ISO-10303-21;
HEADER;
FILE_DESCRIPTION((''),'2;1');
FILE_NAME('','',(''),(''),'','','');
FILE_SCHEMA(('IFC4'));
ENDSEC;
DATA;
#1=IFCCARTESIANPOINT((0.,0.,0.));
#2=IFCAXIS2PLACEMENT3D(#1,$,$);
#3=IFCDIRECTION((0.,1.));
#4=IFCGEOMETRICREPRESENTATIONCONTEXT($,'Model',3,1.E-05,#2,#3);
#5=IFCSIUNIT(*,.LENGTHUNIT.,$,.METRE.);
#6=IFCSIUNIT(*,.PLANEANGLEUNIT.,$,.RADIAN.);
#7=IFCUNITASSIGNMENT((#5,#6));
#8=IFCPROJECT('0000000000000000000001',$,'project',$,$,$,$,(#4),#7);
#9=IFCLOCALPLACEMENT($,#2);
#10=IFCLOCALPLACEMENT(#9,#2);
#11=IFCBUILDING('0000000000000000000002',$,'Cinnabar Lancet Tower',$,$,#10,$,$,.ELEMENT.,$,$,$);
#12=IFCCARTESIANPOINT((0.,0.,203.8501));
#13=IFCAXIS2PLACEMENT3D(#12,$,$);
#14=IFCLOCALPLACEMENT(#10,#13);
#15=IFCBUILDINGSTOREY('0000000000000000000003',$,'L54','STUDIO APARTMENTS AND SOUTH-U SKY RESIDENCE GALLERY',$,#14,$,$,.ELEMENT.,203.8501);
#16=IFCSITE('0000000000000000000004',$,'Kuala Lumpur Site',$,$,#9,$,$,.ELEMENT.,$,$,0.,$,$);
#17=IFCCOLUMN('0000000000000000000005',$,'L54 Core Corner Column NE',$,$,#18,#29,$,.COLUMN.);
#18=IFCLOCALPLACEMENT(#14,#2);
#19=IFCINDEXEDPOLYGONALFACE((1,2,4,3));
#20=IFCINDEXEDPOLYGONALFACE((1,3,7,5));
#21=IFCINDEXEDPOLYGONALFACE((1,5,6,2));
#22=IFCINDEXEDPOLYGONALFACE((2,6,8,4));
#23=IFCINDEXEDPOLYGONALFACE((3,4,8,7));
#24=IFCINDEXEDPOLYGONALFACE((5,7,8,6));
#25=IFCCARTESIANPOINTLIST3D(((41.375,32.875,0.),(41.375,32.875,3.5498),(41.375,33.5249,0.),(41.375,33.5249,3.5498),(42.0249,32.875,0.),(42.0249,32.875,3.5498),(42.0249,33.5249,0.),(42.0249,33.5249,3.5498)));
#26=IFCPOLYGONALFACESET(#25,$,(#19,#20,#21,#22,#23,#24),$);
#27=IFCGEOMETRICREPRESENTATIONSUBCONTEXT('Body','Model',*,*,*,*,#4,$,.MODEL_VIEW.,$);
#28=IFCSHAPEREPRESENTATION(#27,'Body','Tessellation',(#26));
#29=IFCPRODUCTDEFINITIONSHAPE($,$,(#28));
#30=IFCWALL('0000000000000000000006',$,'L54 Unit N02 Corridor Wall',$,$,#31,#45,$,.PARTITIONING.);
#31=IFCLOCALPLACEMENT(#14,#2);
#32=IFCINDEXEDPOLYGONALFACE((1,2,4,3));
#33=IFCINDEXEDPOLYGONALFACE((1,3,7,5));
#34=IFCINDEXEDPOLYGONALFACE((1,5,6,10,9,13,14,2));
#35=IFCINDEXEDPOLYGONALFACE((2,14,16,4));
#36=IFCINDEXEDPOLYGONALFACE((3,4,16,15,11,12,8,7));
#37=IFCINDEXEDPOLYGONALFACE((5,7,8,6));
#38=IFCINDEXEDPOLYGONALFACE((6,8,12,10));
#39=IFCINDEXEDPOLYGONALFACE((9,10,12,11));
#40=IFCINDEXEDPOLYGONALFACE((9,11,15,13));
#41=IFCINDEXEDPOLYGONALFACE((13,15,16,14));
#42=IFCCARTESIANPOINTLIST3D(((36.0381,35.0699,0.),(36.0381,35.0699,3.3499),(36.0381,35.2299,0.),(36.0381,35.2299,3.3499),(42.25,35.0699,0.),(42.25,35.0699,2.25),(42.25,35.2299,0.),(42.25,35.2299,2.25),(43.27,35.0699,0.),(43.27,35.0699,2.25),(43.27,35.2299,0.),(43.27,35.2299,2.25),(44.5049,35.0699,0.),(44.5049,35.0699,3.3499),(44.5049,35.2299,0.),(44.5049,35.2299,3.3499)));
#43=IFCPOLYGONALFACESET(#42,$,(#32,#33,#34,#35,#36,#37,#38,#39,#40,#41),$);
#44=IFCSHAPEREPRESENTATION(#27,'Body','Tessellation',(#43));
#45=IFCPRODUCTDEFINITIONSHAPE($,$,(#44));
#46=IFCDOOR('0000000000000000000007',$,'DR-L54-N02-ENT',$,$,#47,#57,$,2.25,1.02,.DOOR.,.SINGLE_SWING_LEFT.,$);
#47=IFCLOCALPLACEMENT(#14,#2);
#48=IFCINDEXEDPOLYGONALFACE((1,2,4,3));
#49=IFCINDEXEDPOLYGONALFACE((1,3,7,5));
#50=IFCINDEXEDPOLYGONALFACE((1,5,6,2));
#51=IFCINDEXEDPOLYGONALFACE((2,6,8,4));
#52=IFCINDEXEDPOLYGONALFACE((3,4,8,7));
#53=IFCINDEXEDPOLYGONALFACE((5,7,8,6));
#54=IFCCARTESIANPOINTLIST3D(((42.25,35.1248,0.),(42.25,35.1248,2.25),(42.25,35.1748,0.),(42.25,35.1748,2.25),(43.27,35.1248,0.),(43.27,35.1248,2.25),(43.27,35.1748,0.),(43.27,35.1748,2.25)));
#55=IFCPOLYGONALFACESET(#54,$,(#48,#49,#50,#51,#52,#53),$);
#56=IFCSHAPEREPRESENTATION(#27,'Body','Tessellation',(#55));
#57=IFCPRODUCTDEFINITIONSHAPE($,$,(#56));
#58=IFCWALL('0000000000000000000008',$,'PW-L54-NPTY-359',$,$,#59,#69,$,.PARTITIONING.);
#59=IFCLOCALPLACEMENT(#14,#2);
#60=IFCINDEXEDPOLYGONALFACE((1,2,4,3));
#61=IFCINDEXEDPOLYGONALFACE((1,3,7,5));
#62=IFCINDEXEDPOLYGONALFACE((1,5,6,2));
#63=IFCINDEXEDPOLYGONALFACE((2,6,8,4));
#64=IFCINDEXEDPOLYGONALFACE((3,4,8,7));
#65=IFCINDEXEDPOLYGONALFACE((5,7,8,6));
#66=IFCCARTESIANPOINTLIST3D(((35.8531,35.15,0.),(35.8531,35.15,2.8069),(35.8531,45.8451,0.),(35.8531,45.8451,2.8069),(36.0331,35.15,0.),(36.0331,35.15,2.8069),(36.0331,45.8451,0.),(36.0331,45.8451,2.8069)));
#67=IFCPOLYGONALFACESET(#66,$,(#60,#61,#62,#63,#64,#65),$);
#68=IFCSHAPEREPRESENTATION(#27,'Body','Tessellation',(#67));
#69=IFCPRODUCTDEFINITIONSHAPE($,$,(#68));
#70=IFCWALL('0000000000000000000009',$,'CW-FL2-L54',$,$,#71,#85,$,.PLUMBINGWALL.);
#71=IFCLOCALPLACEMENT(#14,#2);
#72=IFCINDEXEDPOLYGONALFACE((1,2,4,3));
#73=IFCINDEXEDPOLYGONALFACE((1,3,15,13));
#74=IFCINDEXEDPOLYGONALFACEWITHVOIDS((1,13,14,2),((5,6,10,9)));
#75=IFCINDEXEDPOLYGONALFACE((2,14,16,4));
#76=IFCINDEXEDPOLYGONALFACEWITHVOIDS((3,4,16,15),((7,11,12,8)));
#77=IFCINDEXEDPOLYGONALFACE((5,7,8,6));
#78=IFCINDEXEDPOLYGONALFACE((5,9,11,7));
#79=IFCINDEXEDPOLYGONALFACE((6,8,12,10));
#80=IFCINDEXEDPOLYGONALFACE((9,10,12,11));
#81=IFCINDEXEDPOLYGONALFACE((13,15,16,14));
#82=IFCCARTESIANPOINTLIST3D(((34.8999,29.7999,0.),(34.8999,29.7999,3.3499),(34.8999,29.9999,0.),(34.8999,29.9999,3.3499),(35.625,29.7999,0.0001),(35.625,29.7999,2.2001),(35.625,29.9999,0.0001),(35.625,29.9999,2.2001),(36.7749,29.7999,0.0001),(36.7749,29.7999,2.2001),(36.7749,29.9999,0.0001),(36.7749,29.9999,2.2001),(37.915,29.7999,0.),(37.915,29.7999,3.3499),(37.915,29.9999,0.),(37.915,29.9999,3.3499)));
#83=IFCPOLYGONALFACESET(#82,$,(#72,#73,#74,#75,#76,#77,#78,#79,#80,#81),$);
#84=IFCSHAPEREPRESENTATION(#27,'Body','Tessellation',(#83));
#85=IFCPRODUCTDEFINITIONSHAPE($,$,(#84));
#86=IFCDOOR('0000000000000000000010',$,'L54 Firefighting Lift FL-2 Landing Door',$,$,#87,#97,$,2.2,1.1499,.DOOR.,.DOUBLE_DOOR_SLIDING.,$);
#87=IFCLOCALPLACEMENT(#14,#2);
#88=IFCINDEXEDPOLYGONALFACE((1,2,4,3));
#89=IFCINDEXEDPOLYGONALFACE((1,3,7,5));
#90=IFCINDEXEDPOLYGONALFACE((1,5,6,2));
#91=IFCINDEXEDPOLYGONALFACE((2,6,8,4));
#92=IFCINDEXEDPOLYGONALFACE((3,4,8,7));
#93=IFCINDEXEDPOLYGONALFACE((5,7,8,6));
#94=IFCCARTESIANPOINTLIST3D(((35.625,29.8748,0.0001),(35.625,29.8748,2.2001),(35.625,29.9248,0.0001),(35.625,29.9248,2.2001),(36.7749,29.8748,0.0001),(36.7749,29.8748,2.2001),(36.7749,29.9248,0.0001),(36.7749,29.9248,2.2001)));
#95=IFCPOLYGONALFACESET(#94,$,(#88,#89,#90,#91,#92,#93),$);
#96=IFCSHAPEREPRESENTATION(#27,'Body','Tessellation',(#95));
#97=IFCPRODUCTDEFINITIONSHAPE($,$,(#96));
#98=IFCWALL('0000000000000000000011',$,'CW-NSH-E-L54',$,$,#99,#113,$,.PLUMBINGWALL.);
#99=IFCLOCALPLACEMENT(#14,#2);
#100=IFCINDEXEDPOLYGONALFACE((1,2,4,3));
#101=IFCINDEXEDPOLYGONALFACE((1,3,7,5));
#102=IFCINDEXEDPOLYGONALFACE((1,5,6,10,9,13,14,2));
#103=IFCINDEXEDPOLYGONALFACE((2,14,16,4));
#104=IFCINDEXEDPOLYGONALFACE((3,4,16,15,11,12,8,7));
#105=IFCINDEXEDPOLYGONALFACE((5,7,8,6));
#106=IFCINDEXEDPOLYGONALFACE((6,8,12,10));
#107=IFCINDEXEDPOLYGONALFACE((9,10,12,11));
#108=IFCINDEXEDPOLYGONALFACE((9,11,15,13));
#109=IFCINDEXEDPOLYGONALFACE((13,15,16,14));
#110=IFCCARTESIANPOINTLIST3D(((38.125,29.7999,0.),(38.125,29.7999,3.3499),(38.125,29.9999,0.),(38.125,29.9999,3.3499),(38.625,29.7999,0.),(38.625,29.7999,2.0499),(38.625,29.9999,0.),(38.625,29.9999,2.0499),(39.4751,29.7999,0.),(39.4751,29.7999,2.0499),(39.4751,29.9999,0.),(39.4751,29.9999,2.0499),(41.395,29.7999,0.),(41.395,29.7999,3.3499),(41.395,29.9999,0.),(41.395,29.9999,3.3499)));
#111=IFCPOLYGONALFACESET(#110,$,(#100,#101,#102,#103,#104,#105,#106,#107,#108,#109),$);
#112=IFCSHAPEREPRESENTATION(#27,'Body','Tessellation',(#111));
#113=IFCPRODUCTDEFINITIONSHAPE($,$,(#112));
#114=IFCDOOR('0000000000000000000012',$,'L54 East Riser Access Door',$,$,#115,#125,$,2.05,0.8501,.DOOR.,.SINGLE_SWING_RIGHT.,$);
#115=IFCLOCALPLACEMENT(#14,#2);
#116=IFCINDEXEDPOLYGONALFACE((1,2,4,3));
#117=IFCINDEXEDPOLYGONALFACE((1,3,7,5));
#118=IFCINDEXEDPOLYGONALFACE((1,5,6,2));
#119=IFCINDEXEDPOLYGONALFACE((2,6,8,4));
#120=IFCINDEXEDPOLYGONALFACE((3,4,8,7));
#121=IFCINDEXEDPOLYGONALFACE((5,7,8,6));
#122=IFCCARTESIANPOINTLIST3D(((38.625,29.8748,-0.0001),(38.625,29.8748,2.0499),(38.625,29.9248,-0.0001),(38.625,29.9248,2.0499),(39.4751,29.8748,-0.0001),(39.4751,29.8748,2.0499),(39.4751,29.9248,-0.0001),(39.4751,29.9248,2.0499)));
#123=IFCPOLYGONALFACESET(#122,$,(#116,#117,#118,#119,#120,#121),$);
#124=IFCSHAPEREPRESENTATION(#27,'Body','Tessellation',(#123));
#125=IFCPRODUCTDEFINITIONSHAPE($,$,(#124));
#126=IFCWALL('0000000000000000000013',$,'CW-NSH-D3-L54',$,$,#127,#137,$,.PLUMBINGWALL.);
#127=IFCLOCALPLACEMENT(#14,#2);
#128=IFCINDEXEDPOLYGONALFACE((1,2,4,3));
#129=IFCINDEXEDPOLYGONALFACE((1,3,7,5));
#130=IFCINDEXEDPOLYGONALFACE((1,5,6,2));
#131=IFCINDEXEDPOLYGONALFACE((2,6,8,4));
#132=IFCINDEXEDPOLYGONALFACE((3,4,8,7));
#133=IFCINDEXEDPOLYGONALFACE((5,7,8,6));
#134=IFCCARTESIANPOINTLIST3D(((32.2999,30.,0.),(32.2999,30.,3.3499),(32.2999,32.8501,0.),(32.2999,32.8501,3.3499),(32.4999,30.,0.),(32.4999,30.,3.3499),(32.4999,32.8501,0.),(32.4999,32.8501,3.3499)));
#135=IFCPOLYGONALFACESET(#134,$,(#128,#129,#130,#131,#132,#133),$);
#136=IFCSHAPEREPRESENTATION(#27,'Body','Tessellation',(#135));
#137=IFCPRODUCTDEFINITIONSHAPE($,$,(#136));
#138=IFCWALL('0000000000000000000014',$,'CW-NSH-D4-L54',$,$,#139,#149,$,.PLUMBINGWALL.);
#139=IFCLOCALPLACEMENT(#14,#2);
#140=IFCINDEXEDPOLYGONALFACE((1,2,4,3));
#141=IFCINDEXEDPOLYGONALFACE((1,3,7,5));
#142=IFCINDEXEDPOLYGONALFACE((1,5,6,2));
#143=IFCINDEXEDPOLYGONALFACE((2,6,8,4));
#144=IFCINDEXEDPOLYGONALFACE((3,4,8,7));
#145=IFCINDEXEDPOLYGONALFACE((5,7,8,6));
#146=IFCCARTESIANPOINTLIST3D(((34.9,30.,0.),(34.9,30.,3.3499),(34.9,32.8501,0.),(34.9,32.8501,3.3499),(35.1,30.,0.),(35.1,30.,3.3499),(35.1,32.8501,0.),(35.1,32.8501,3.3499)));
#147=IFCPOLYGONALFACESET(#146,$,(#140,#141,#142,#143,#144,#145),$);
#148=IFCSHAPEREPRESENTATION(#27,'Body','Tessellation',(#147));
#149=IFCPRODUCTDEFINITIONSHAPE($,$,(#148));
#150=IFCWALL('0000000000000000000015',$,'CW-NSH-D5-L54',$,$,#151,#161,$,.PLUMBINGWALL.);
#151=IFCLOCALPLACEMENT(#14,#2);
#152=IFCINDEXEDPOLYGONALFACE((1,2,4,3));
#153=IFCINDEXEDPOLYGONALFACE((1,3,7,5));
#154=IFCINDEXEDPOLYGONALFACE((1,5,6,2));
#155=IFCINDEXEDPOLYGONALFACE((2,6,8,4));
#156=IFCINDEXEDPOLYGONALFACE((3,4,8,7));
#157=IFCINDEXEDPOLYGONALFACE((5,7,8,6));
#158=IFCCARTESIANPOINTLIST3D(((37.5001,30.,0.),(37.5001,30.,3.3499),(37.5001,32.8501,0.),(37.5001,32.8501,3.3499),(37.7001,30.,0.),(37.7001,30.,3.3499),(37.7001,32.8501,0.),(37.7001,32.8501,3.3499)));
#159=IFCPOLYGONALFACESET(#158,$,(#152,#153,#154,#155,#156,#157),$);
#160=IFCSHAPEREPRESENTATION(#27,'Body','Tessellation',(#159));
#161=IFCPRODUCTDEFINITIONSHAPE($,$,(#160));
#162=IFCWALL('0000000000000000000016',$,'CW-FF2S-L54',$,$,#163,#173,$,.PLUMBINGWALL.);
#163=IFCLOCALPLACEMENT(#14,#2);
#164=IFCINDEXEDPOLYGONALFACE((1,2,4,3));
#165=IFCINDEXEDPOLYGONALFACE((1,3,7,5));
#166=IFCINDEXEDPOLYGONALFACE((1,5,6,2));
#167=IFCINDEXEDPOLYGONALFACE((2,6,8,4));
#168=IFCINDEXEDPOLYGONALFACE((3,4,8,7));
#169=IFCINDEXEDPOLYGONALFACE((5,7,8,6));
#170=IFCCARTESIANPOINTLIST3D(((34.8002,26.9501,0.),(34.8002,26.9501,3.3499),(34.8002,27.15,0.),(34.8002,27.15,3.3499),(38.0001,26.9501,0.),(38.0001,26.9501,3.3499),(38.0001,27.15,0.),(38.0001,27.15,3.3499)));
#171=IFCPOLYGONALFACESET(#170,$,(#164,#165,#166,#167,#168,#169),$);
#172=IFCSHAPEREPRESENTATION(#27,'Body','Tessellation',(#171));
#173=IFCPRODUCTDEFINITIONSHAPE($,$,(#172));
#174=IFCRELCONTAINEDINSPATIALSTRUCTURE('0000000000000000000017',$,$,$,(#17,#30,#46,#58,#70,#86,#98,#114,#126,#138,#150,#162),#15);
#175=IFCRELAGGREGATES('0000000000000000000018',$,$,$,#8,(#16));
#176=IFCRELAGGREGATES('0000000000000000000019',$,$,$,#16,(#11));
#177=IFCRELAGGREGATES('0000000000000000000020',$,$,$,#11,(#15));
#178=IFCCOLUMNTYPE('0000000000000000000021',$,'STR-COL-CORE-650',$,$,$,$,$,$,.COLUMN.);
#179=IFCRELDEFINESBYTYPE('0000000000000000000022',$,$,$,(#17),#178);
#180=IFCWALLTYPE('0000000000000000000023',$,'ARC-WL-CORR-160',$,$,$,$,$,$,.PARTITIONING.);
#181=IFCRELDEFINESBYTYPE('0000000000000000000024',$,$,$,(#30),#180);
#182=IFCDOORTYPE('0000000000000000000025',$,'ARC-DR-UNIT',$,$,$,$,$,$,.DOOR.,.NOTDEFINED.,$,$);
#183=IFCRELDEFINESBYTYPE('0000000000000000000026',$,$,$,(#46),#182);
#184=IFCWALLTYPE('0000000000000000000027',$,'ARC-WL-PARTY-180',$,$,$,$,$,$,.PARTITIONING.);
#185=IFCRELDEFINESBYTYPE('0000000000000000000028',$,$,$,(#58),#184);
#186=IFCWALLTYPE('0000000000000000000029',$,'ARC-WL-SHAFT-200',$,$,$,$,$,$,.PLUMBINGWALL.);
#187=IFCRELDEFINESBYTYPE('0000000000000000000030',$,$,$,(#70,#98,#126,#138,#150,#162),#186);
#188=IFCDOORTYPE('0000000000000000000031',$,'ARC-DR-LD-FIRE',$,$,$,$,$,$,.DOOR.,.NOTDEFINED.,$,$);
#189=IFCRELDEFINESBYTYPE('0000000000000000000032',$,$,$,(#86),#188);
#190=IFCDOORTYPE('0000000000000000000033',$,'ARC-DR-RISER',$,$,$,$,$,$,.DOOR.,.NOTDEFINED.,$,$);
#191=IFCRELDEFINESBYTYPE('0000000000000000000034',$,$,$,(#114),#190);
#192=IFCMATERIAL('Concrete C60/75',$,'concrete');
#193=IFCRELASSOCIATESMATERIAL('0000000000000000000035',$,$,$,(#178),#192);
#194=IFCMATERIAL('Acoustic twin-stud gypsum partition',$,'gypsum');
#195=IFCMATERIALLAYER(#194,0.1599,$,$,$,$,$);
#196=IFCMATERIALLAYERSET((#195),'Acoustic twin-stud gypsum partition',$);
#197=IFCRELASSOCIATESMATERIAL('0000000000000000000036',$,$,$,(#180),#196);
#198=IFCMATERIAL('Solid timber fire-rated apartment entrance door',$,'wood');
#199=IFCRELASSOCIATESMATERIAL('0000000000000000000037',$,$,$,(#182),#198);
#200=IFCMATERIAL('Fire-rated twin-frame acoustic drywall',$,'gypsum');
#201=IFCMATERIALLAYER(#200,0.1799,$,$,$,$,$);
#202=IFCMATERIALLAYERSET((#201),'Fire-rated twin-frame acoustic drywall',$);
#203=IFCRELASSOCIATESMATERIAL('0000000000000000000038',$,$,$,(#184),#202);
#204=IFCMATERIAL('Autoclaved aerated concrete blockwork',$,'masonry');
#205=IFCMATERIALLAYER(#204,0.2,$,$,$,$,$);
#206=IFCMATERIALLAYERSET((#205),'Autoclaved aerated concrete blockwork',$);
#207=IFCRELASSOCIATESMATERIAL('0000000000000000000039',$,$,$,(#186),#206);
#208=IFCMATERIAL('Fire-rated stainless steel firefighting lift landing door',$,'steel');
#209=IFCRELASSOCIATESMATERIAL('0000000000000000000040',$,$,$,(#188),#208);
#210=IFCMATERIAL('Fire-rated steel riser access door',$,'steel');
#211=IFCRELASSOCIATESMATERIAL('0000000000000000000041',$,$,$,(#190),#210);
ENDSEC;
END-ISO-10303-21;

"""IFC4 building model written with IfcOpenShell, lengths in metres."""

from ifc_helpers import new_model, si_unit, direction, frame, frame_2d, origin, origin_2d, place, context, subcontext, project, spatial, rectangle, extrude, material, layer, layer_set, material_profile, profile_set, type_object, element, fill, save


model = new_model("IFC4")

# Units and contexts
model_context = context("Model", 3, precision=1e-05, world=origin(), true_north=direction((0.0, 1.0)))
body_context = subcontext(model_context, "Body", "Model", "MODEL_VIEW")
ifc_project = project(units=[si_unit("LENGTHUNIT", "METRE"), si_unit("PLANEANGLEUNIT", "RADIAN")], contexts=[model_context])

# Site, building, storey
site_placement = place(None, origin())
site = spatial("IfcSite", under=ifc_project, at=site_placement, Name="Kuala Lumpur Site", CompositionType="ELEMENT", RefElevation=0.0)
building_placement = place(site_placement, origin())
building = spatial("IfcBuilding", under=site, at=building_placement, Name="Cinnabar Lancet Tower", CompositionType="ELEMENT")
storey_placement = place(building_placement, frame((0.0, 0.0, 203.8501)))
storey = spatial("IfcBuildingStorey", under=building, at=storey_placement, Name="L54", Description="STUDIO APARTMENTS AND SOUTH-U SKY RESIDENCE GALLERY", CompositionType="ELEMENT", Elevation=203.8501)

# Column
ifc_material_1 = material(Name="Concrete C60/75", Category="concrete")
ifc_material_profile = material_profile(ifc_material_1, rectangle(XDim=0.6499, YDim=0.6499, at=origin_2d()), Name="RC-COL 650x650")
ifc_profile_set = profile_set([ifc_material_profile], Name="Concrete C60/75")
column_type = type_object("IfcColumnType", Name="STR-COL-CORE-650", PredefinedType="COLUMN", material=ifc_profile_set)
column_placement = place(storey_placement, frame((41.7, 33.2, 0.0), z_axis=(0.0, 0.0, 1.0), x_axis=(1.0, 0.0, 0.0)))
element("IfcColumn", 1, at=column_placement, inside=storey, type_object=column_type, Name="L54 Core Corner Column NE", PredefinedType="COLUMN", context=body_context, shape_type="SweptSolid", body=[
    extrude(rectangle(XDim=0.6499, YDim=0.6499, at=origin_2d()), origin(), (0.0, 0.0, 1.0), 3.5498),
])

# Wall, opening, door
ifc_material_2 = material(Name="Acoustic twin-stud gypsum partition", Category="gypsum")
ifc_layer_1 = layer(ifc_material_2, 0.1599)
ifc_layer_set_1 = layer_set([ifc_layer_1], Name="Acoustic twin-stud gypsum partition")
wall_type_1 = type_object("IfcWallType", Name="ARC-WL-CORR-160", PredefinedType="PARTITIONING", material=ifc_layer_set_1)
wall_1_placement = place(storey_placement, frame((36.0381, 35.1499, 0.0), z_axis=(0.0, 0.0, 1.0), x_axis=(1.0, 0.0, 0.0)))
wall_1 = element("IfcWall", 2, at=wall_1_placement, inside=storey, type_object=wall_type_1, Name="L54 Unit N02 Corridor Wall", PredefinedType="PARTITIONING", context=body_context, shape_type="SweptSolid", body=[
    extrude(rectangle(XDim=8.4668, YDim=0.1599, at=frame_2d((4.2334, 0.0))), origin(), (0.0, 0.0, 1.0), 3.3499),
])
opening_1_placement = place(wall_1_placement, frame((6.2119, 0.0, 0.0)))
opening_1 = element("IfcOpeningElement", 3, at=opening_1_placement, cuts=wall_1, PredefinedType="OPENING", context=body_context, shape_type="SweptSolid", body=[
    extrude(rectangle(XDim=1.02, YDim=2.25, at=frame_2d((0.51, 1.125))), frame((0.0, 0.0898, 0.0), z_axis=(0.0, -1.0, 0.0), x_axis=(1.0, 0.0, 0.0)), (0.0, 0.0, 1.0), 0.1799),
])
ifc_material_3 = material(Name="Solid timber fire-rated apartment entrance door", Category="wood")
door_type_1 = type_object("IfcDoorType", Name="ARC-DR-UNIT", OperationType="NOTDEFINED", PredefinedType="DOOR", material=ifc_material_3)
door_1_placement = place(opening_1_placement, origin())
door_1 = element("IfcDoor", 4, at=door_1_placement, inside=storey, type_object=door_type_1, Name="DR-L54-N02-ENT", OperationType="SINGLE_SWING_LEFT", OverallHeight=2.25, OverallWidth=1.02, PredefinedType="DOOR", context=body_context, shape_type="SweptSolid", body=[
    extrude(rectangle(XDim=1.02, YDim=2.25, at=frame_2d((0.51, 1.125))), frame((0.0, 0.0249, 0.0), z_axis=(0.0, -1.0, 0.0), x_axis=(1.0, 0.0, 0.0)), (0.0, 0.0, 1.0), 0.05),
])
fill(opening_1, door_1)

# Wall
ifc_material_4 = material(Name="Fire-rated twin-frame acoustic drywall", Category="gypsum")
ifc_layer_2 = layer(ifc_material_4, 0.1799)
ifc_layer_set_2 = layer_set([ifc_layer_2], Name="Fire-rated twin-frame acoustic drywall")
wall_type_2 = type_object("IfcWallType", Name="ARC-WL-PARTY-180", PredefinedType="PARTITIONING", material=ifc_layer_set_2)
wall_2_placement = place(storey_placement, frame((35.9431, 35.1499, 0.0), z_axis=(0.0, 0.0, 1.0), x_axis=(0.0, 1.0, 0.0)))
element("IfcWall", 5, at=wall_2_placement, inside=storey, type_object=wall_type_2, Name="PW-L54-NPTY-359", PredefinedType="PARTITIONING", context=body_context, shape_type="SweptSolid", body=[
    extrude(rectangle(XDim=10.6951, YDim=0.1799, at=frame_2d((5.3477, 0.0))), origin(), (0.0, 0.0, 1.0), 2.8069),
])

# Walls, openings, doors
ifc_material_5 = material(Name="Autoclaved aerated concrete blockwork", Category="masonry")
ifc_layer_3 = layer(ifc_material_5, 0.2)
ifc_layer_set_3 = layer_set([ifc_layer_3], Name="Autoclaved aerated concrete blockwork")
wall_type_3 = type_object("IfcWallType", Name="ARC-WL-SHAFT-200", PredefinedType="PLUMBINGWALL", material=ifc_layer_set_3)
wall_3_placement = place(storey_placement, frame((34.8999, 29.8999, 0.0), z_axis=(0.0, 0.0, 1.0), x_axis=(1.0, 0.0, 0.0)))
wall_3 = element("IfcWall", 6, at=wall_3_placement, inside=storey, type_object=wall_type_3, Name="CW-FL2-L54", PredefinedType="PLUMBINGWALL", context=body_context, shape_type="SweptSolid", body=[
    extrude(rectangle(XDim=3.0151, YDim=0.2, at=frame_2d((1.5076, 0.0))), origin(), (0.0, 0.0, 1.0), 3.3499),
])
opening_2_placement = place(wall_3_placement, frame((0.7251, 0.0, 0.0)))
opening_2 = element("IfcOpeningElement", 7, at=opening_2_placement, cuts=wall_3, PredefinedType="OPENING", context=body_context, shape_type="SweptSolid", body=[
    extrude(rectangle(XDim=1.1499, YDim=2.2, at=frame_2d((0.575, 1.1001))), frame((0.0, 0.1099, 0.0), z_axis=(0.0, -1.0, 0.0), x_axis=(1.0, 0.0, 0.0)), (0.0, 0.0, 1.0), 0.22),
])
ifc_material_6 = material(Name="Fire-rated stainless steel firefighting lift landing door", Category="steel")
door_type_2 = type_object("IfcDoorType", Name="ARC-DR-LD-FIRE", OperationType="NOTDEFINED", PredefinedType="DOOR", material=ifc_material_6)
door_2_placement = place(opening_2_placement, origin())
door_2 = element("IfcDoor", 8, at=door_2_placement, inside=storey, type_object=door_type_2, Name="L54 Firefighting Lift FL-2 Landing Door", OperationType="DOUBLE_DOOR_SLIDING", OverallHeight=2.2, OverallWidth=1.1499, PredefinedType="DOOR", context=body_context, shape_type="SweptSolid", body=[
    extrude(rectangle(XDim=1.1499, YDim=2.2, at=frame_2d((0.575, 1.1001))), frame((0.0, 0.0249, 0.0), z_axis=(0.0, -1.0, 0.0), x_axis=(1.0, 0.0, 0.0)), (0.0, 0.0, 1.0), 0.05),
])
fill(opening_2, door_2)
wall_4_placement = place(storey_placement, frame((38.125, 29.8999, 0.0), z_axis=(0.0, 0.0, 1.0), x_axis=(1.0, 0.0, 0.0)))
wall_4 = element("IfcWall", 9, at=wall_4_placement, inside=storey, type_object=wall_type_3, Name="CW-NSH-E-L54", PredefinedType="PLUMBINGWALL", context=body_context, shape_type="SweptSolid", body=[
    extrude(rectangle(XDim=3.27, YDim=0.2, at=frame_2d((1.635, 0.0))), origin(), (0.0, 0.0, 1.0), 3.3499),
])
opening_3_placement = place(wall_4_placement, frame((0.5, 0.0, 0.0)))
opening_3 = element("IfcOpeningElement", 10, at=opening_3_placement, cuts=wall_4, PredefinedType="OPENING", context=body_context, shape_type="SweptSolid", body=[
    extrude(rectangle(XDim=0.8501, YDim=2.05, at=frame_2d((0.425, 1.0249))), frame((0.0, 0.1099, 0.0), z_axis=(0.0, -1.0, 0.0), x_axis=(1.0, 0.0, 0.0)), (0.0, 0.0, 1.0), 0.22),
])
ifc_material_7 = material(Name="Fire-rated steel riser access door", Category="steel")
door_type_3 = type_object("IfcDoorType", Name="ARC-DR-RISER", OperationType="NOTDEFINED", PredefinedType="DOOR", material=ifc_material_7)
door_3_placement = place(opening_3_placement, origin())
door_3 = element("IfcDoor", 11, at=door_3_placement, inside=storey, type_object=door_type_3, Name="L54 East Riser Access Door", OperationType="SINGLE_SWING_RIGHT", OverallHeight=2.05, OverallWidth=0.8501, PredefinedType="DOOR", context=body_context, shape_type="SweptSolid", body=[
    extrude(rectangle(XDim=0.8501, YDim=2.05, at=frame_2d((0.425, 1.0249))), frame((0.0, 0.0249, 0.0), z_axis=(0.0, -1.0, 0.0), x_axis=(1.0, 0.0, 0.0)), (0.0, 0.0, 1.0), 0.05),
])
fill(opening_3, door_3)

# Walls
for number, where, z_axis, x_axis, name in (
    (12, (32.3999, 30.0, 0.0), (0.0, 0.0, 1.0), (0.0, 1.0, 0.0), "CW-NSH-D3-L54"),
    (13, (35.0, 30.0, 0.0), (0.0, 0.0, 1.0), (0.0, 1.0, 0.0), "CW-NSH-D4-L54"),
    (14, (37.6001, 30.0, 0.0), (0.0, 0.0, 1.0), (0.0, 1.0, 0.0), "CW-NSH-D5-L54"),
):
    element("IfcWall", number, at=place(storey_placement, frame(where, z_axis=z_axis, x_axis=x_axis)), inside=storey, type_object=wall_type_3, Name=name, PredefinedType="PLUMBINGWALL", context=body_context, shape_type="SweptSolid", body=[
        extrude(rectangle(XDim=2.8501, YDim=0.2, at=frame_2d((1.425, 0.0))), origin(), (0.0, 0.0, 1.0), 3.3499),
    ])

# Wall
wall_5_placement = place(storey_placement, frame((34.8, 27.05, 0.0), z_axis=(0.0, 0.0, 1.0), x_axis=(1.0, 0.0, 0.0)))
element("IfcWall", 15, at=wall_5_placement, inside=storey, type_object=wall_type_3, Name="CW-FF2S-L54", PredefinedType="PLUMBINGWALL", context=body_context, shape_type="SweptSolid", body=[
    extrude(rectangle(XDim=3.2, YDim=0.2, at=frame_2d((1.6001, 0.0))), origin(), (0.0, 0.0, 1.0), 3.3499),
])

save(model, "model.ifc")
